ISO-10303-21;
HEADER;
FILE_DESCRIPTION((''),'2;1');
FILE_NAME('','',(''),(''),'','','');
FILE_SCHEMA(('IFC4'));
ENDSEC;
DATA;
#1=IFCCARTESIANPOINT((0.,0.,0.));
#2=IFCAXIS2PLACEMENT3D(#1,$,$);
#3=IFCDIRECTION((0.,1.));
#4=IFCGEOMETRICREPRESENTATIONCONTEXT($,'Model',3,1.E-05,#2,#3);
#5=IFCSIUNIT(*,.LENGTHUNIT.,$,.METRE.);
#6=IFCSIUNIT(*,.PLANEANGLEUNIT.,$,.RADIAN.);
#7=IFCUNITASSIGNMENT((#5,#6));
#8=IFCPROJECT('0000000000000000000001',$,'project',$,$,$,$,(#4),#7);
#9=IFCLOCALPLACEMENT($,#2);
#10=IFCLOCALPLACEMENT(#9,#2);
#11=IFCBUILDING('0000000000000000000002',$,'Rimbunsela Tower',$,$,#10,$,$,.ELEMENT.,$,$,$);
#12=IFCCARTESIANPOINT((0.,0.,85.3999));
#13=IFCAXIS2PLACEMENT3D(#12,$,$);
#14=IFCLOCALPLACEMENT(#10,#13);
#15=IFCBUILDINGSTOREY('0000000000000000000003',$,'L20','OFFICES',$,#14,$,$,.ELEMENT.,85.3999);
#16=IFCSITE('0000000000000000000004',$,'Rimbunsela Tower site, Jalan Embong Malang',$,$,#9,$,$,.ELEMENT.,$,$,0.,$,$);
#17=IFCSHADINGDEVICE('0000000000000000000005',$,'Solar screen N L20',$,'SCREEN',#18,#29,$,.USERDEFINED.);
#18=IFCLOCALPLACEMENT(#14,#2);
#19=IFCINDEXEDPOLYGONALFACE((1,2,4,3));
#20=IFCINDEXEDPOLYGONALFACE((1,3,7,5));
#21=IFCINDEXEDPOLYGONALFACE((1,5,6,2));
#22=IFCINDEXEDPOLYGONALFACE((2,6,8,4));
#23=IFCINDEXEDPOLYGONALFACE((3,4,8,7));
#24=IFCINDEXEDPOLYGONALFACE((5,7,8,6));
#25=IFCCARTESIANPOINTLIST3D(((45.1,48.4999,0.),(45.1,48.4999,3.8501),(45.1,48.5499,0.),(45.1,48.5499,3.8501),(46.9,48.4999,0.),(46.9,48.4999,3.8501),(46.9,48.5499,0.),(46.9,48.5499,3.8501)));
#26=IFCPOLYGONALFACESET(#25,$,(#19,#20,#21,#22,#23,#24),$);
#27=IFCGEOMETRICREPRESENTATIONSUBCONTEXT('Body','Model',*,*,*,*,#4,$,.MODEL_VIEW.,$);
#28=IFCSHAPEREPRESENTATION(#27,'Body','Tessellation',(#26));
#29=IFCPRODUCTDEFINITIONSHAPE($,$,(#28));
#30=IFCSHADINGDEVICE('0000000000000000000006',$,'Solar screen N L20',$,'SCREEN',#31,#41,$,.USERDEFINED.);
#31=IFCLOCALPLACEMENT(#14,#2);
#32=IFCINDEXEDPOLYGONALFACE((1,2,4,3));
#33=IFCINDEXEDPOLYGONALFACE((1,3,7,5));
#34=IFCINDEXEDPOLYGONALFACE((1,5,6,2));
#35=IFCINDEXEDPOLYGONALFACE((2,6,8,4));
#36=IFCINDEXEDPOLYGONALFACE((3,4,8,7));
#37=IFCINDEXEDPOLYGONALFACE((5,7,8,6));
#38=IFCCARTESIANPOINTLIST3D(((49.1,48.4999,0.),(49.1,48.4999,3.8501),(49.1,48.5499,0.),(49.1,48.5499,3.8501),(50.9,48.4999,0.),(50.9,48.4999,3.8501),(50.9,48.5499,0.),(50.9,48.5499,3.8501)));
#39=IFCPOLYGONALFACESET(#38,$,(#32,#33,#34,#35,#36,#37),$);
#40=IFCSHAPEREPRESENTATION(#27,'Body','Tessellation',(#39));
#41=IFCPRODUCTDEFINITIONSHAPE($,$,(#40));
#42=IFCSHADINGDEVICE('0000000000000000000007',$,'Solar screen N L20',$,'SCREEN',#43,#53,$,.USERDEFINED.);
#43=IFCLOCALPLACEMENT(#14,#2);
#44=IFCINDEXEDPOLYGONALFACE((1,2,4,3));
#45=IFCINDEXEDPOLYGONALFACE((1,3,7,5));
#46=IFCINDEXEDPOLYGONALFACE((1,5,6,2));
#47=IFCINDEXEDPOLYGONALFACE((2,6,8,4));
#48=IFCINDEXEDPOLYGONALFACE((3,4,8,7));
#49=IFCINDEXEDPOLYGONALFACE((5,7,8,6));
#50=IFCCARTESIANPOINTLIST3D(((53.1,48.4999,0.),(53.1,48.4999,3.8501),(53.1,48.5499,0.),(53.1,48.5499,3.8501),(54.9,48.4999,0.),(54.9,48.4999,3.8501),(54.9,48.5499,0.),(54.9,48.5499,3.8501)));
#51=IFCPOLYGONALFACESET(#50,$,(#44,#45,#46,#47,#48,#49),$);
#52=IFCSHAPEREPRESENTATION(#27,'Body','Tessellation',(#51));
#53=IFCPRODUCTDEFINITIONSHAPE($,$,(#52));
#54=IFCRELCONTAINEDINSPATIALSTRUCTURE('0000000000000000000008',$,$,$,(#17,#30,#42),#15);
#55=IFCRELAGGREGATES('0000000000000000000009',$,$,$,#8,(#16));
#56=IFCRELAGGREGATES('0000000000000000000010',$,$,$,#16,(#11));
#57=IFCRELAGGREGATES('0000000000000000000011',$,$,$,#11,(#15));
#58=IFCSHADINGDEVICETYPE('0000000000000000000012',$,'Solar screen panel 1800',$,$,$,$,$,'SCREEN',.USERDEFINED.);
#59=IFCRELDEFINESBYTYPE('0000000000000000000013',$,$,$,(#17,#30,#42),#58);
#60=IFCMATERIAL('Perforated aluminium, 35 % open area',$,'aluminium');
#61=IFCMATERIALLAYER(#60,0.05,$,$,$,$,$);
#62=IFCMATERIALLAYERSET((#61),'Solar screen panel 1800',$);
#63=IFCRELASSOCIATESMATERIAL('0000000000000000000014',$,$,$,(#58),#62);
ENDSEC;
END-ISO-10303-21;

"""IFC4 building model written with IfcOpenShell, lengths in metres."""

from ifc_helpers import new_model, si_unit, direction, frame, origin, origin_2d, place, context, subcontext, project, spatial, rectangle, extrude, material, layer, layer_set, type_object, element, save


model = new_model("IFC4")

# Units and contexts
model_context = context("Model", 3, precision=1e-05, world=origin(), true_north=direction((0.0, 1.0)))
body_context = subcontext(model_context, "Body", "Model", "MODEL_VIEW")
ifc_project = project(units=[si_unit("LENGTHUNIT", "METRE"), si_unit("PLANEANGLEUNIT", "RADIAN")], contexts=[model_context])

# Site, building, storey
site_placement = place(None, origin())
site = spatial("IfcSite", under=ifc_project, at=site_placement, Name="Rimbunsela Tower site, Jalan Embong Malang", CompositionType="ELEMENT", RefElevation=0.0)
building_placement = place(site_placement, origin())
building = spatial("IfcBuilding", under=site, at=building_placement, Name="Rimbunsela Tower", CompositionType="ELEMENT")
storey_placement = place(building_placement, frame((0.0, 0.0, 85.3999)))
storey = spatial("IfcBuildingStorey", under=building, at=storey_placement, Name="L20", Description="OFFICES", CompositionType="ELEMENT", Elevation=85.3999)

# Shading devices
ifc_material_1 = material(Name="Perforated aluminium, 35 % open area", Category="aluminium")
ifc_layer_1 = layer(ifc_material_1, 0.05)
ifc_layer_set_1 = layer_set([ifc_layer_1], Name="Solar screen panel 1800")
shading_device_type = type_object("IfcShadingDeviceType", Name="Solar screen panel 1800", ElementType="SCREEN", PredefinedType="USERDEFINED", material=ifc_layer_set_1)
for number, where, z_axis, x_axis, name in (
    (1, (46.0, 48.5249, 0.0), (0.0, 0.0, 1.0), (1.0, 0.0, 0.0), "Solar screen N L20"),
    (2, (50.0, 48.5249, 0.0), (0.0, 0.0, 1.0), (1.0, 0.0, 0.0), "Solar screen N L20"),
    (3, (54.0, 48.5249, 0.0), (0.0, 0.0, 1.0), (1.0, 0.0, 0.0), "Solar screen N L20"),
):
    element("IfcShadingDevice", number, at=place(storey_placement, frame(where, z_axis=z_axis, x_axis=x_axis)), inside=storey, type_object=shading_device_type, Name=name, ObjectType="SCREEN", PredefinedType="USERDEFINED", context=body_context, shape_type="SweptSolid", body=[
        extrude(rectangle(XDim=1.8, YDim=0.05, at=origin_2d()), origin(), (0.0, 0.0, 1.0), 3.8501),
    ])

save(model, "model.ifc")
